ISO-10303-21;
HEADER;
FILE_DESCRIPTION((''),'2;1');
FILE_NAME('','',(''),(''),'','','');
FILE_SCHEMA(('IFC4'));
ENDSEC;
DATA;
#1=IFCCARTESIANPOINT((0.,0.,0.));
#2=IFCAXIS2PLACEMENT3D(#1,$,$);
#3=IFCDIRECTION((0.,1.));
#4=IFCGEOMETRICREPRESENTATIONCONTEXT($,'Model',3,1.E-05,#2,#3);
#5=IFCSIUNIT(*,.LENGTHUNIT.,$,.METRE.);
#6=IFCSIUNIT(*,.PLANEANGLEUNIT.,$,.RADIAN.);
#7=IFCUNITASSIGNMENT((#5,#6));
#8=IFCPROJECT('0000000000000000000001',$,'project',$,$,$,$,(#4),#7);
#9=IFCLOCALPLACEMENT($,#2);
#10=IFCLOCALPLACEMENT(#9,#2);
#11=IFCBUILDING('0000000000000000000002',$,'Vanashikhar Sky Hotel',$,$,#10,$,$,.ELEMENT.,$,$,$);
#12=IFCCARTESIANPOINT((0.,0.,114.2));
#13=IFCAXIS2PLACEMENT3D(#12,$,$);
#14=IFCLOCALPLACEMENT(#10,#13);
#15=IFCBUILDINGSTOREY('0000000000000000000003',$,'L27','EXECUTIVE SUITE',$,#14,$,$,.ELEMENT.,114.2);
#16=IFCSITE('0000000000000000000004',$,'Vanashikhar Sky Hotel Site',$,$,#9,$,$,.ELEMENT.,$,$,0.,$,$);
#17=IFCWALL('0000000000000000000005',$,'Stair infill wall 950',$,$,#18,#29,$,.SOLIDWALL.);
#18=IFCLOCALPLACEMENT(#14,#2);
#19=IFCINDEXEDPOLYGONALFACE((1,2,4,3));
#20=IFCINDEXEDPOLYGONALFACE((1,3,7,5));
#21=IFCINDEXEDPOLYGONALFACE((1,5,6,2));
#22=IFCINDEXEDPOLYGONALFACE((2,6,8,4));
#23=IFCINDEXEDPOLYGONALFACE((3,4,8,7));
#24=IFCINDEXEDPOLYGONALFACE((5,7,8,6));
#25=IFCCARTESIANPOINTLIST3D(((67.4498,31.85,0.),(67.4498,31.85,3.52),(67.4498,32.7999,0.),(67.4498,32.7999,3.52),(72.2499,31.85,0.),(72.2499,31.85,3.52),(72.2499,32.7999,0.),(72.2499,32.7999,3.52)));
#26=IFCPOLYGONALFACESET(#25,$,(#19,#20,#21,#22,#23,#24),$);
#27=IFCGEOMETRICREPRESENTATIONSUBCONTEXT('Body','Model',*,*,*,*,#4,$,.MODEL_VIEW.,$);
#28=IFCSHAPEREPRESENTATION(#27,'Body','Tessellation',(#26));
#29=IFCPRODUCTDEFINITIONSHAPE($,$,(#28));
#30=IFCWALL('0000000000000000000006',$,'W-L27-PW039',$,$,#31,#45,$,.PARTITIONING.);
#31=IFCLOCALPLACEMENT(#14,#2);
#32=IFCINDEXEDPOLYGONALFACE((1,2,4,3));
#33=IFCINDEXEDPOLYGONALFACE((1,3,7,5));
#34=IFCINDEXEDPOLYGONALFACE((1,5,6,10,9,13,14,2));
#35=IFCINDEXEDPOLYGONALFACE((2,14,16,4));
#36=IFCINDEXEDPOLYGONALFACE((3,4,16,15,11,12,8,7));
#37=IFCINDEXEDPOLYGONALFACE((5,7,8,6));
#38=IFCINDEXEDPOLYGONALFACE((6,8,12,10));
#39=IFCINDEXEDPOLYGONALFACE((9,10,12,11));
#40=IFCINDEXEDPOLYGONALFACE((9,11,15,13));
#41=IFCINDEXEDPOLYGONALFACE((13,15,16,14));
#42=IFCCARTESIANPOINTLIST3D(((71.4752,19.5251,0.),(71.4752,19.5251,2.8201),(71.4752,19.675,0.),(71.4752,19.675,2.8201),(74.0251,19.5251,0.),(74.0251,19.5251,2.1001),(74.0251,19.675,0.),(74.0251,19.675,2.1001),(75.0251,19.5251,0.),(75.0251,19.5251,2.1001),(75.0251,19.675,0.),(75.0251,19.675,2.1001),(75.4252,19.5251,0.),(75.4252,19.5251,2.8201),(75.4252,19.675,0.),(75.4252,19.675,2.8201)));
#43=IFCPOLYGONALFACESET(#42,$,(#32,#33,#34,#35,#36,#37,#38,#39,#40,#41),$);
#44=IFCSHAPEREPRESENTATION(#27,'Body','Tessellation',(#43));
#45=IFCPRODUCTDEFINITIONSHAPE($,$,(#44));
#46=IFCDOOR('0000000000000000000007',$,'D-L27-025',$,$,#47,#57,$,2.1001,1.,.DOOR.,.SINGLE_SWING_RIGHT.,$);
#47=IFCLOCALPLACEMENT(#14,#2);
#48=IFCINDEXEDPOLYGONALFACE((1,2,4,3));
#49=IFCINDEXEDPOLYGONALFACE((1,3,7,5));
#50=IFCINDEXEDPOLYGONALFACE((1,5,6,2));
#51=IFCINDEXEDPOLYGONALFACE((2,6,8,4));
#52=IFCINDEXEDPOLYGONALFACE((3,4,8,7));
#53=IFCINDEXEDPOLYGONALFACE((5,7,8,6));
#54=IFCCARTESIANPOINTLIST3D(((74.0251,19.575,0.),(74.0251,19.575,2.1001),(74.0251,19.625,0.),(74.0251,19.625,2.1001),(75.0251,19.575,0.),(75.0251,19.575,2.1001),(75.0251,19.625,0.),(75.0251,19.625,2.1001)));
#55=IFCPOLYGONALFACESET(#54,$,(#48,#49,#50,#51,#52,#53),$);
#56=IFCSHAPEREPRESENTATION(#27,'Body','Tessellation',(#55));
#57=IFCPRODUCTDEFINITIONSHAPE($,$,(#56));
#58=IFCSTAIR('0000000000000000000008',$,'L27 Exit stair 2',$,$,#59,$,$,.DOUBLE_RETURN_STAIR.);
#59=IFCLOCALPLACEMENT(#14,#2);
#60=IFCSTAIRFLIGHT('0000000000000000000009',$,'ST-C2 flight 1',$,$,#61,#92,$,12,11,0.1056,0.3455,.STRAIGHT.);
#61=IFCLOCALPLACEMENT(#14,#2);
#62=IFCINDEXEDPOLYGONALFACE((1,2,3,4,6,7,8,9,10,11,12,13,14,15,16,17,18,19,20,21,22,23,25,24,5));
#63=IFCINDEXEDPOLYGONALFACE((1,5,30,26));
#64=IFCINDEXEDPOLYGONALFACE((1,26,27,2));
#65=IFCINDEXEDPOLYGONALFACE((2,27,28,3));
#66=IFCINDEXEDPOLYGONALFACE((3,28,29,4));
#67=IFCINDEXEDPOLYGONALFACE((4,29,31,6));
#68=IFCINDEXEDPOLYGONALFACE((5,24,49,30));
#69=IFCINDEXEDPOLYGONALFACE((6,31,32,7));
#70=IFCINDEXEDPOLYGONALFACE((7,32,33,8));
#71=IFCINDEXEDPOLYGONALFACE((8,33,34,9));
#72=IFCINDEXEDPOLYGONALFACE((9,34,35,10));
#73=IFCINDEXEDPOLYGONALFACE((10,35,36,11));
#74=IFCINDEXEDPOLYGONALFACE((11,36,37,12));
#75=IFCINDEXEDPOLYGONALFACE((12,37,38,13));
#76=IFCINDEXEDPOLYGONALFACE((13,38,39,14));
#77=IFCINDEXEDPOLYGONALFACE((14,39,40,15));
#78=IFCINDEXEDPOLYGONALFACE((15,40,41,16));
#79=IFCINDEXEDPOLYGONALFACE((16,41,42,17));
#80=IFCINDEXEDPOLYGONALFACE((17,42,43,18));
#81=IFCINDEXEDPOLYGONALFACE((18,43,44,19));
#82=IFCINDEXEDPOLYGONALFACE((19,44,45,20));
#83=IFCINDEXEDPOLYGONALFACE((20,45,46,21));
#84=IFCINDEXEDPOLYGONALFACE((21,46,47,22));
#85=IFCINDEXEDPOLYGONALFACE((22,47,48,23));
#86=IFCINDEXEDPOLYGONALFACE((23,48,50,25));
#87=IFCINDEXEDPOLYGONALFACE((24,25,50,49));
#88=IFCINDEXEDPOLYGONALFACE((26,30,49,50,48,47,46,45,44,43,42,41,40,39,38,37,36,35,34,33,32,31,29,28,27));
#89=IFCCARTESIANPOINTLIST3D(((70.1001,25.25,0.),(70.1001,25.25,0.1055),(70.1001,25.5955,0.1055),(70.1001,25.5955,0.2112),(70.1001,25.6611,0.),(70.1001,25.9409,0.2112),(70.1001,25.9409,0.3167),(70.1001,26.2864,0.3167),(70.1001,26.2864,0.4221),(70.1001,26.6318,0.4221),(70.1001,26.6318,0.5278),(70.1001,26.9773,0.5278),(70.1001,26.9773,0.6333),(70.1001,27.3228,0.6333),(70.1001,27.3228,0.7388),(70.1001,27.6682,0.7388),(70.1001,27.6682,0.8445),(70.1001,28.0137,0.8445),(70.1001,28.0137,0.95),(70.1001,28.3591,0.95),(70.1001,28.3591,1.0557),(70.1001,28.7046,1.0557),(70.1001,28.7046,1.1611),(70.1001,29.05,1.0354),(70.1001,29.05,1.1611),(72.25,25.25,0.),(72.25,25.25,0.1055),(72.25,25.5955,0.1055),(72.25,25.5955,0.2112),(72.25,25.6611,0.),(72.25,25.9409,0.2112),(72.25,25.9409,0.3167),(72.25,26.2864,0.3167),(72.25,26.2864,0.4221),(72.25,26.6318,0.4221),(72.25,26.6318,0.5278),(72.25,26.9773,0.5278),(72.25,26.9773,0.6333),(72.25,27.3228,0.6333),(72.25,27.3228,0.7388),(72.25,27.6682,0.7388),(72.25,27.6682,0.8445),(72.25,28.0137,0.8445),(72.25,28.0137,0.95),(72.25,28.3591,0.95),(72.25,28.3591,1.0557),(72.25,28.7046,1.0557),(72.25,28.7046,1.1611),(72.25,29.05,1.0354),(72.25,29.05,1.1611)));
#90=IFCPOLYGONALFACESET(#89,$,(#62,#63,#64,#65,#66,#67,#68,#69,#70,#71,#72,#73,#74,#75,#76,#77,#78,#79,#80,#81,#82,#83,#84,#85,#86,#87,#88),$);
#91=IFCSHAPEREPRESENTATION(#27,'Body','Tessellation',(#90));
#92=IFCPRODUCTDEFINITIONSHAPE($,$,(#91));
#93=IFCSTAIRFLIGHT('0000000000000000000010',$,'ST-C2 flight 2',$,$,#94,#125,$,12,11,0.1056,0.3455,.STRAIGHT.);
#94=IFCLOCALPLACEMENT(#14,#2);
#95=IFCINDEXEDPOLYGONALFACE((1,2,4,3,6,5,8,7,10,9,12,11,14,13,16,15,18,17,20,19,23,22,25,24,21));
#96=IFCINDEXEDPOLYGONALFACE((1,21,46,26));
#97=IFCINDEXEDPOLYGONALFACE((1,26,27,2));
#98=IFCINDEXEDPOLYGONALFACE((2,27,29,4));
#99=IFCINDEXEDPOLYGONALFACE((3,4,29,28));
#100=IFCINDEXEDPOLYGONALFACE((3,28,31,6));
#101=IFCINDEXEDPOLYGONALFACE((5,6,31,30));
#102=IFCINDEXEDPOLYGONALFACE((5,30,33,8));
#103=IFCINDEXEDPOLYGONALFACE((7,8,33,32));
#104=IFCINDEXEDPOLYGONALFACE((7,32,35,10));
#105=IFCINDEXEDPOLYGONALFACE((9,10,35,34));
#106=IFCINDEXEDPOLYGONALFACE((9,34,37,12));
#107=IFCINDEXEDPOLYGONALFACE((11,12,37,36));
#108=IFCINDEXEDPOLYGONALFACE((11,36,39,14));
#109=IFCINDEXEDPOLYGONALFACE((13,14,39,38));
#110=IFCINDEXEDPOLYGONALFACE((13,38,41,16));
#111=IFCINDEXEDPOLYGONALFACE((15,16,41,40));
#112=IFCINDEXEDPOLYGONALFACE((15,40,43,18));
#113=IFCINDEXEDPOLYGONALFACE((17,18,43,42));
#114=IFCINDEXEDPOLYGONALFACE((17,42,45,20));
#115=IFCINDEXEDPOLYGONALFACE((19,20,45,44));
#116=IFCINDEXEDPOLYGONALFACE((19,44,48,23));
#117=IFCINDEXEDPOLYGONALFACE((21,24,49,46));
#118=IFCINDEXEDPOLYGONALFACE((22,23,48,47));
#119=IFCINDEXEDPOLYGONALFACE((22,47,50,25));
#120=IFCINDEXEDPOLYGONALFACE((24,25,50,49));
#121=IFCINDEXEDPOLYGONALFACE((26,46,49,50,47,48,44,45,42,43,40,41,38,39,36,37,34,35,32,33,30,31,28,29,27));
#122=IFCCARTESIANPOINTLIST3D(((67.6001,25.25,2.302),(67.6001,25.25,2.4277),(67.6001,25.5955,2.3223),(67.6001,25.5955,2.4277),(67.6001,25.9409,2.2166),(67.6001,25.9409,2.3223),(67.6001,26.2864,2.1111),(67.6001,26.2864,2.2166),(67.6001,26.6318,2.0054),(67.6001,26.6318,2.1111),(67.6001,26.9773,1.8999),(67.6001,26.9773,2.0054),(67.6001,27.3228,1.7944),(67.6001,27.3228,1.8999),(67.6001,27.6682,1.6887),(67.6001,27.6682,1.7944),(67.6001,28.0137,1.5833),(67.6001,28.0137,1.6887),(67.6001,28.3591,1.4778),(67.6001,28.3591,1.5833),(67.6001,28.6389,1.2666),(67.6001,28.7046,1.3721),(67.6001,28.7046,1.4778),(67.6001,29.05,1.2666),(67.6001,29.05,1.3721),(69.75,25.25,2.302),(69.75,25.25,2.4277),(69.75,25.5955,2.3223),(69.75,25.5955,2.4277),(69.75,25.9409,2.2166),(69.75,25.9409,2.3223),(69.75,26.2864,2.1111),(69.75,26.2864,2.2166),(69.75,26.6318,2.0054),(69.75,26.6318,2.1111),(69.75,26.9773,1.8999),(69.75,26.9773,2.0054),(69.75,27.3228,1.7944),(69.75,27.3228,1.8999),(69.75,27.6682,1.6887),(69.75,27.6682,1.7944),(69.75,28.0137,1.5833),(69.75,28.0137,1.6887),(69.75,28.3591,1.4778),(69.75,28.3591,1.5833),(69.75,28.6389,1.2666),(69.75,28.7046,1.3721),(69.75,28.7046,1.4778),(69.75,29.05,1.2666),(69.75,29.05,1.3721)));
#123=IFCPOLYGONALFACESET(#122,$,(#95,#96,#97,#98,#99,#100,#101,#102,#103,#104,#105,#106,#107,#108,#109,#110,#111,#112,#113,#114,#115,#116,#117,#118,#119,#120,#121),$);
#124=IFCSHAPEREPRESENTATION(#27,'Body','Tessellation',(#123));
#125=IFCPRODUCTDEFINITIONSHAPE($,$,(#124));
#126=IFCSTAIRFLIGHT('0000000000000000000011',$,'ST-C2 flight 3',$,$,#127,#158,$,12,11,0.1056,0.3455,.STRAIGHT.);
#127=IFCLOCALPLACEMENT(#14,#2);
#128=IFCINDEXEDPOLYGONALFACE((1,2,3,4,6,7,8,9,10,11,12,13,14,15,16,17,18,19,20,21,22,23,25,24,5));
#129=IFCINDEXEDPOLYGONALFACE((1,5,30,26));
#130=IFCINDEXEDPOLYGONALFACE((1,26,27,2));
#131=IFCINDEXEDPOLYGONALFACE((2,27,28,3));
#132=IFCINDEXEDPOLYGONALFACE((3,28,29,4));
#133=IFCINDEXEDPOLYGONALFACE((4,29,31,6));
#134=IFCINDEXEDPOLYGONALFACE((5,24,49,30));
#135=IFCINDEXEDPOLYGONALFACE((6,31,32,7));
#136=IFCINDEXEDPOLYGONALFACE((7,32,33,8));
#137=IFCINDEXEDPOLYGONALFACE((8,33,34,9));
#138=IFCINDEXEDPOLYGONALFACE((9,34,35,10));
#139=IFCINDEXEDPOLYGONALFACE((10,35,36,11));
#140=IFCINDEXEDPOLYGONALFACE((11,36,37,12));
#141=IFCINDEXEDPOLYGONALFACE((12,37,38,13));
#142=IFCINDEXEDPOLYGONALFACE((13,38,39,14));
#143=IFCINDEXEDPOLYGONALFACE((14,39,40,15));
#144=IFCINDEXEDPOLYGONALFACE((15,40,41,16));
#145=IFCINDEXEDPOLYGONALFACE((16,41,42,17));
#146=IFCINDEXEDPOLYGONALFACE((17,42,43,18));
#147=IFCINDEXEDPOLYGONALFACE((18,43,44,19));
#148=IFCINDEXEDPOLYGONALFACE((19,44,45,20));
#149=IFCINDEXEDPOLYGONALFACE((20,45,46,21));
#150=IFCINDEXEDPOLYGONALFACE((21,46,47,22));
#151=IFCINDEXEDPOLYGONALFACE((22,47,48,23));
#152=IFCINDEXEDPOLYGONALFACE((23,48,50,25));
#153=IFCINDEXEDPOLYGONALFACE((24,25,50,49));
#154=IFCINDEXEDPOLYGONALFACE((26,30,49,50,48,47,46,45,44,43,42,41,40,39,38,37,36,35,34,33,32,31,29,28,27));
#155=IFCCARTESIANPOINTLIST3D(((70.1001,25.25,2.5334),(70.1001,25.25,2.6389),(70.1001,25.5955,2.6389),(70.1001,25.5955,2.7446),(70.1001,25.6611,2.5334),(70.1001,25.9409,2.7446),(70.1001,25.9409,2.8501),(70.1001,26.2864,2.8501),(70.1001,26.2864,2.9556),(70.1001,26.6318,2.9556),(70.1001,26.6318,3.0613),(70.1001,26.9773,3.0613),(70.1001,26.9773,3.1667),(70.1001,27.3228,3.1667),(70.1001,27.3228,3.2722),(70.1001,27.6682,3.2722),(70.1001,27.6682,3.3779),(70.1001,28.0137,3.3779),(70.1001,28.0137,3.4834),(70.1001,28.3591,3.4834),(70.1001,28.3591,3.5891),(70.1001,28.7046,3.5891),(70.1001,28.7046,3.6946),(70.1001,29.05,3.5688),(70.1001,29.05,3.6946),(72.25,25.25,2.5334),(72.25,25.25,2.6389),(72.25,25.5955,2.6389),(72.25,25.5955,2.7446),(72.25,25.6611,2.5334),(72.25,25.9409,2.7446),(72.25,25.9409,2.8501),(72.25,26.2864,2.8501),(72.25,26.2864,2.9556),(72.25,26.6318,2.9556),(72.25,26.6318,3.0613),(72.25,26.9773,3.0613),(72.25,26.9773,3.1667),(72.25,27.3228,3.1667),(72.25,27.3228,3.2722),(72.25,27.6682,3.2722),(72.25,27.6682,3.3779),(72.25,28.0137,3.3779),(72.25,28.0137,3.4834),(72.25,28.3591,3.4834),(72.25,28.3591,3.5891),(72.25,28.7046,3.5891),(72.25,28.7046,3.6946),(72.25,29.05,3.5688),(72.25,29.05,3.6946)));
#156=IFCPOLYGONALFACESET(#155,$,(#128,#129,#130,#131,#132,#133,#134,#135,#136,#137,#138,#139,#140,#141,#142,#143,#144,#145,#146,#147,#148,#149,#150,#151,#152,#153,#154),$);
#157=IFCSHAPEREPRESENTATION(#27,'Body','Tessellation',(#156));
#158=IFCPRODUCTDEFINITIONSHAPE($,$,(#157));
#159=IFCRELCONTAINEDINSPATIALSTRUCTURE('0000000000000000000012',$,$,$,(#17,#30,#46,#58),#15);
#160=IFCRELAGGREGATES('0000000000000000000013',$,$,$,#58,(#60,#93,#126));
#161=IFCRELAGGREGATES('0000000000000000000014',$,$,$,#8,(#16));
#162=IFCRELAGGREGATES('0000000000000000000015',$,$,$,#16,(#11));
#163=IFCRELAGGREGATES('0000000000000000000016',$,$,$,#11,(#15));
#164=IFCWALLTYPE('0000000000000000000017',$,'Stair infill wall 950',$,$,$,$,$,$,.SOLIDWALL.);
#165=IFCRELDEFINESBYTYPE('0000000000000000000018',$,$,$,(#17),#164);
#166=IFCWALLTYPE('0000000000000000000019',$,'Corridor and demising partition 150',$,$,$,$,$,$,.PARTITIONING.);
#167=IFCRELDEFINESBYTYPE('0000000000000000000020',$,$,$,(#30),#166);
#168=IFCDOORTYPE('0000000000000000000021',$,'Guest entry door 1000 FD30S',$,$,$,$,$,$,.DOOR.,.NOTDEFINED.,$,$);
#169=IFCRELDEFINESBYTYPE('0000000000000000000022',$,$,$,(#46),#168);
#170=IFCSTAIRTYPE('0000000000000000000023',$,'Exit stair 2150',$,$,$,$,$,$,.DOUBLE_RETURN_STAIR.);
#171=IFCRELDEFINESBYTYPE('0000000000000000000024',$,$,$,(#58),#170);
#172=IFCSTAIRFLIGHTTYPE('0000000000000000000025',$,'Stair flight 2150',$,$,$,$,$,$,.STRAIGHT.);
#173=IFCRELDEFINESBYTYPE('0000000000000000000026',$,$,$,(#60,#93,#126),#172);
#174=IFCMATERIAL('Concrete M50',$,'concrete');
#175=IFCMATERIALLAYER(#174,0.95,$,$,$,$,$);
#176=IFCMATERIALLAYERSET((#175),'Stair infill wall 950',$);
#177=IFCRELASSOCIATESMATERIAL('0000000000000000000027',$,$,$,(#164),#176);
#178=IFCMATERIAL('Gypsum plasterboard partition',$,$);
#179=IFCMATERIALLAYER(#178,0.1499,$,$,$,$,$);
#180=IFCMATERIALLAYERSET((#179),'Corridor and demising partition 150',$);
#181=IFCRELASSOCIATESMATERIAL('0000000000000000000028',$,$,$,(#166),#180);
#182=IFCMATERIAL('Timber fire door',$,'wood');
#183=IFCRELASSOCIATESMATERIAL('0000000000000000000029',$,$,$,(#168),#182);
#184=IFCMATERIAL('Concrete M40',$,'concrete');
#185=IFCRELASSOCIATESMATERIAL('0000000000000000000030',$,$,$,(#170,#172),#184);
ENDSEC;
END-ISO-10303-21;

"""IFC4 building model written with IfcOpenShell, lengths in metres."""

from ifc_helpers import new_model, si_unit, direction, frame, frame_2d, origin, place, context, subcontext, project, spatial, polyline, rectangle, outline, extrude, source, transform, mapped, material, layer, layer_set, type_object, element, fill, aggregate, save


model = new_model("IFC4")

# Units and contexts
model_context = context("Model", 3, precision=1e-05, world=origin(), true_north=direction((0.0, 1.0)))
body_context = subcontext(model_context, "Body", "Model", "MODEL_VIEW")
ifc_project = project(units=[si_unit("LENGTHUNIT", "METRE"), si_unit("PLANEANGLEUNIT", "RADIAN")], contexts=[model_context])

# Site, building, storey
site_placement = place(None, origin())
site = spatial("IfcSite", under=ifc_project, at=site_placement, Name="Vanashikhar Sky Hotel Site", CompositionType="ELEMENT", RefElevation=0.0)
building_placement = place(site_placement, origin())
building = spatial("IfcBuilding", under=site, at=building_placement, Name="Vanashikhar Sky Hotel", CompositionType="ELEMENT")
storey_placement = place(building_placement, frame((0.0, 0.0, 114.2)))
storey = spatial("IfcBuildingStorey", under=building, at=storey_placement, Name="L27", Description="EXECUTIVE SUITE", CompositionType="ELEMENT", Elevation=114.2)

# Shared definitions
ifc_material_1 = material(Name="Concrete M50", Category="concrete")

# Shared definitions
ifc_material_2 = material(Name="Concrete M40", Category="concrete")

# Wall
ifc_layer_1 = layer(ifc_material_1, 0.95)
ifc_layer_set_1 = layer_set([ifc_layer_1], Name="Stair infill wall 950")
wall_type_1 = type_object("IfcWallType", Name="Stair infill wall 950", PredefinedType="SOLIDWALL", material=ifc_layer_set_1)
shared_shape_1 = source(origin(), body_context, "Body", "SweptSolid", [
    extrude(rectangle(XDim=4.8, YDim=0.95, at=frame_2d((2.3999, 0.0))), origin(), (0.0, 0.0, 1.0), 3.52),
])
wall_1_placement = place(storey_placement, frame((67.45, 32.325, 0.0), z_axis=(0.0, 0.0, 1.0), x_axis=(1.0, 0.0, 0.0)))
element("IfcWall", 1, at=wall_1_placement, inside=storey, type_object=wall_type_1, Name="Stair infill wall 950", PredefinedType="SOLIDWALL", context=body_context, shape_type="MappedRepresentation", body=[
    mapped(shared_shape_1, transform((0.0, 0.0, 0.0), scale=1.0)),
])

# Wall, opening, door
ifc_material_3 = material(Name="Gypsum plasterboard partition")
ifc_layer_2 = layer(ifc_material_3, 0.1499)
ifc_layer_set_2 = layer_set([ifc_layer_2], Name="Corridor and demising partition 150")
wall_type_2 = type_object("IfcWallType", Name="Corridor and demising partition 150", PredefinedType="PARTITIONING", material=ifc_layer_set_2)
shared_shape_2 = source(origin(), body_context, "Body", "SweptSolid", [
    extrude(rectangle(XDim=3.95, YDim=0.1499, at=frame_2d((1.9751, 0.0))), origin(), (0.0, 0.0, 1.0), 2.8201),
])
wall_2_placement = place(storey_placement, frame((71.4751, 19.6001, 0.0), z_axis=(0.0, 0.0, 1.0), x_axis=(1.0, 0.0, 0.0)))
wall_2 = element("IfcWall", 2, at=wall_2_placement, inside=storey, type_object=wall_type_2, Name="W-L27-PW039", PredefinedType="PARTITIONING", context=body_context, shape_type="MappedRepresentation", body=[
    mapped(shared_shape_2, transform((0.0, 0.0, 0.0), scale=1.0)),
])
shared_shape_3 = source(origin(), body_context, "Body", "SweptSolid", [
    extrude(rectangle(XDim=1.0, YDim=2.1001, at=frame_2d((0.5, 1.05))), frame((0.0, 0.085, 0.0), z_axis=(0.0, -1.0, 0.0), x_axis=(1.0, 0.0, 0.0)), (0.0, 0.0, 1.0), 0.1699),
])
opening_1_placement = place(wall_2_placement, frame((2.55, 0.0, 0.0)))
opening_1 = element("IfcOpeningElement", 3, at=opening_1_placement, cuts=wall_2, PredefinedType="OPENING", context=body_context, shape_type="MappedRepresentation", body=[
    mapped(shared_shape_3, transform((0.0, 0.0, 0.0), scale=1.0)),
])
ifc_material_4 = material(Name="Timber fire door", Category="wood")
door_type_1 = type_object("IfcDoorType", Name="Guest entry door 1000 FD30S", OperationType="NOTDEFINED", PredefinedType="DOOR", material=ifc_material_4)
shared_shape_4 = source(origin(), body_context, "Body", "SweptSolid", [
    extrude(rectangle(XDim=1.0, YDim=2.1001, at=frame_2d((0.5, 1.05))), frame((0.0, 0.0249, 0.0), z_axis=(0.0, -1.0, 0.0), x_axis=(1.0, 0.0, 0.0)), (0.0, 0.0, 1.0), 0.05),
])
door_1_placement = place(opening_1_placement, origin())
door_1 = element("IfcDoor", 4, at=door_1_placement, inside=storey, type_object=door_type_1, Name="D-L27-025", OperationType="SINGLE_SWING_RIGHT", OverallHeight=2.1001, OverallWidth=1.0, PredefinedType="DOOR", context=body_context, shape_type="MappedRepresentation", body=[
    mapped(shared_shape_4, transform((0.0, 0.0, 0.0), scale=1.0)),
])
fill(opening_1, door_1)

# Stair, stair flights
stair_type = type_object("IfcStairType", Name="Exit stair 2150", PredefinedType="DOUBLE_RETURN_STAIR", material=ifc_material_2)
stair_1_placement = place(storey_placement, origin())
stair_1 = element("IfcStair", 5, at=stair_1_placement, inside=storey, type_object=stair_type, Name="L27 Exit stair 2", PredefinedType="DOUBLE_RETURN_STAIR")
stair_flight_type = type_object("IfcStairFlightType", Name="Stair flight 2150", PredefinedType="STRAIGHT", material=ifc_material_2)
shared_shape_5 = source(origin(), body_context, "Body", "SweptSolid", [
    extrude(outline(polyline([(0.0, 0.0), (0.0, 0.1055), (0.3455, 0.1055), (0.3455, 0.2112), (0.6909, 0.2112), (0.6909, 0.3167), (1.0364, 0.3167), (1.0364, 0.4221), (1.3818, 0.4221), (1.3818, 0.5278), (1.7273, 0.5278), (1.7273, 0.6333), (2.0728, 0.6333), (2.0728, 0.7388), (2.4182, 0.7388), (2.4182, 0.8445), (2.7637, 0.8445), (2.7637, 0.95), (3.1091, 0.95), (3.1091, 1.0557), (3.4546, 1.0557), (3.4546, 1.1611), (3.8, 1.1611), (3.8, 1.2666), (3.8, 1.0354), (0.4111, 0.0), (0.0, 0.0)])), frame((0.0, 1.075, 0.0), z_axis=(0.0, -1.0, 0.0), x_axis=(1.0, 0.0, 0.0)), (0.0, 0.0, 1.0), 2.1499),
])
stair_flight_1_placement = place(storey_placement, frame((71.175, 25.25, 0.0), z_axis=(0.0, 0.0, 1.0), x_axis=(0.0, 1.0, 0.0)))
stair_flight_1 = element("IfcStairFlight", 6, at=stair_flight_1_placement, type_object=stair_flight_type, Name="ST-C2 flight 1", NumberOfRisers=12, NumberOfTreads=11, PredefinedType="STRAIGHT", RiserHeight=0.1056, TreadLength=0.3455, context=body_context, shape_type="MappedRepresentation", body=[
    mapped(shared_shape_5, transform((0.0, 0.0, 0.0), scale=1.0)),
])
stair_flight_2_placement = place(storey_placement, frame((68.675, 29.05, 1.2666), z_axis=(0.0, 0.0, 1.0), x_axis=(0.0, -1.0, 0.0)))
stair_flight_2 = element("IfcStairFlight", 7, at=stair_flight_2_placement, type_object=stair_flight_type, Name="ST-C2 flight 2", NumberOfRisers=12, NumberOfTreads=11, PredefinedType="STRAIGHT", RiserHeight=0.1056, TreadLength=0.3455, context=body_context, shape_type="MappedRepresentation", body=[
    mapped(shared_shape_5, transform((0.0, 0.0, 0.0), scale=1.0)),
])
stair_flight_3_placement = place(storey_placement, frame((71.175, 25.25, 2.5334), z_axis=(0.0, 0.0, 1.0), x_axis=(0.0, 1.0, 0.0)))
stair_flight_3 = element("IfcStairFlight", 8, at=stair_flight_3_placement, type_object=stair_flight_type, Name="ST-C2 flight 3", NumberOfRisers=12, NumberOfTreads=11, PredefinedType="STRAIGHT", RiserHeight=0.1056, TreadLength=0.3455, context=body_context, shape_type="MappedRepresentation", body=[
    mapped(shared_shape_5, transform((0.0, 0.0, 0.0), scale=1.0)),
])
aggregate(stair_1, [stair_flight_1, stair_flight_2, stair_flight_3])

save(model, "model.ifc")
